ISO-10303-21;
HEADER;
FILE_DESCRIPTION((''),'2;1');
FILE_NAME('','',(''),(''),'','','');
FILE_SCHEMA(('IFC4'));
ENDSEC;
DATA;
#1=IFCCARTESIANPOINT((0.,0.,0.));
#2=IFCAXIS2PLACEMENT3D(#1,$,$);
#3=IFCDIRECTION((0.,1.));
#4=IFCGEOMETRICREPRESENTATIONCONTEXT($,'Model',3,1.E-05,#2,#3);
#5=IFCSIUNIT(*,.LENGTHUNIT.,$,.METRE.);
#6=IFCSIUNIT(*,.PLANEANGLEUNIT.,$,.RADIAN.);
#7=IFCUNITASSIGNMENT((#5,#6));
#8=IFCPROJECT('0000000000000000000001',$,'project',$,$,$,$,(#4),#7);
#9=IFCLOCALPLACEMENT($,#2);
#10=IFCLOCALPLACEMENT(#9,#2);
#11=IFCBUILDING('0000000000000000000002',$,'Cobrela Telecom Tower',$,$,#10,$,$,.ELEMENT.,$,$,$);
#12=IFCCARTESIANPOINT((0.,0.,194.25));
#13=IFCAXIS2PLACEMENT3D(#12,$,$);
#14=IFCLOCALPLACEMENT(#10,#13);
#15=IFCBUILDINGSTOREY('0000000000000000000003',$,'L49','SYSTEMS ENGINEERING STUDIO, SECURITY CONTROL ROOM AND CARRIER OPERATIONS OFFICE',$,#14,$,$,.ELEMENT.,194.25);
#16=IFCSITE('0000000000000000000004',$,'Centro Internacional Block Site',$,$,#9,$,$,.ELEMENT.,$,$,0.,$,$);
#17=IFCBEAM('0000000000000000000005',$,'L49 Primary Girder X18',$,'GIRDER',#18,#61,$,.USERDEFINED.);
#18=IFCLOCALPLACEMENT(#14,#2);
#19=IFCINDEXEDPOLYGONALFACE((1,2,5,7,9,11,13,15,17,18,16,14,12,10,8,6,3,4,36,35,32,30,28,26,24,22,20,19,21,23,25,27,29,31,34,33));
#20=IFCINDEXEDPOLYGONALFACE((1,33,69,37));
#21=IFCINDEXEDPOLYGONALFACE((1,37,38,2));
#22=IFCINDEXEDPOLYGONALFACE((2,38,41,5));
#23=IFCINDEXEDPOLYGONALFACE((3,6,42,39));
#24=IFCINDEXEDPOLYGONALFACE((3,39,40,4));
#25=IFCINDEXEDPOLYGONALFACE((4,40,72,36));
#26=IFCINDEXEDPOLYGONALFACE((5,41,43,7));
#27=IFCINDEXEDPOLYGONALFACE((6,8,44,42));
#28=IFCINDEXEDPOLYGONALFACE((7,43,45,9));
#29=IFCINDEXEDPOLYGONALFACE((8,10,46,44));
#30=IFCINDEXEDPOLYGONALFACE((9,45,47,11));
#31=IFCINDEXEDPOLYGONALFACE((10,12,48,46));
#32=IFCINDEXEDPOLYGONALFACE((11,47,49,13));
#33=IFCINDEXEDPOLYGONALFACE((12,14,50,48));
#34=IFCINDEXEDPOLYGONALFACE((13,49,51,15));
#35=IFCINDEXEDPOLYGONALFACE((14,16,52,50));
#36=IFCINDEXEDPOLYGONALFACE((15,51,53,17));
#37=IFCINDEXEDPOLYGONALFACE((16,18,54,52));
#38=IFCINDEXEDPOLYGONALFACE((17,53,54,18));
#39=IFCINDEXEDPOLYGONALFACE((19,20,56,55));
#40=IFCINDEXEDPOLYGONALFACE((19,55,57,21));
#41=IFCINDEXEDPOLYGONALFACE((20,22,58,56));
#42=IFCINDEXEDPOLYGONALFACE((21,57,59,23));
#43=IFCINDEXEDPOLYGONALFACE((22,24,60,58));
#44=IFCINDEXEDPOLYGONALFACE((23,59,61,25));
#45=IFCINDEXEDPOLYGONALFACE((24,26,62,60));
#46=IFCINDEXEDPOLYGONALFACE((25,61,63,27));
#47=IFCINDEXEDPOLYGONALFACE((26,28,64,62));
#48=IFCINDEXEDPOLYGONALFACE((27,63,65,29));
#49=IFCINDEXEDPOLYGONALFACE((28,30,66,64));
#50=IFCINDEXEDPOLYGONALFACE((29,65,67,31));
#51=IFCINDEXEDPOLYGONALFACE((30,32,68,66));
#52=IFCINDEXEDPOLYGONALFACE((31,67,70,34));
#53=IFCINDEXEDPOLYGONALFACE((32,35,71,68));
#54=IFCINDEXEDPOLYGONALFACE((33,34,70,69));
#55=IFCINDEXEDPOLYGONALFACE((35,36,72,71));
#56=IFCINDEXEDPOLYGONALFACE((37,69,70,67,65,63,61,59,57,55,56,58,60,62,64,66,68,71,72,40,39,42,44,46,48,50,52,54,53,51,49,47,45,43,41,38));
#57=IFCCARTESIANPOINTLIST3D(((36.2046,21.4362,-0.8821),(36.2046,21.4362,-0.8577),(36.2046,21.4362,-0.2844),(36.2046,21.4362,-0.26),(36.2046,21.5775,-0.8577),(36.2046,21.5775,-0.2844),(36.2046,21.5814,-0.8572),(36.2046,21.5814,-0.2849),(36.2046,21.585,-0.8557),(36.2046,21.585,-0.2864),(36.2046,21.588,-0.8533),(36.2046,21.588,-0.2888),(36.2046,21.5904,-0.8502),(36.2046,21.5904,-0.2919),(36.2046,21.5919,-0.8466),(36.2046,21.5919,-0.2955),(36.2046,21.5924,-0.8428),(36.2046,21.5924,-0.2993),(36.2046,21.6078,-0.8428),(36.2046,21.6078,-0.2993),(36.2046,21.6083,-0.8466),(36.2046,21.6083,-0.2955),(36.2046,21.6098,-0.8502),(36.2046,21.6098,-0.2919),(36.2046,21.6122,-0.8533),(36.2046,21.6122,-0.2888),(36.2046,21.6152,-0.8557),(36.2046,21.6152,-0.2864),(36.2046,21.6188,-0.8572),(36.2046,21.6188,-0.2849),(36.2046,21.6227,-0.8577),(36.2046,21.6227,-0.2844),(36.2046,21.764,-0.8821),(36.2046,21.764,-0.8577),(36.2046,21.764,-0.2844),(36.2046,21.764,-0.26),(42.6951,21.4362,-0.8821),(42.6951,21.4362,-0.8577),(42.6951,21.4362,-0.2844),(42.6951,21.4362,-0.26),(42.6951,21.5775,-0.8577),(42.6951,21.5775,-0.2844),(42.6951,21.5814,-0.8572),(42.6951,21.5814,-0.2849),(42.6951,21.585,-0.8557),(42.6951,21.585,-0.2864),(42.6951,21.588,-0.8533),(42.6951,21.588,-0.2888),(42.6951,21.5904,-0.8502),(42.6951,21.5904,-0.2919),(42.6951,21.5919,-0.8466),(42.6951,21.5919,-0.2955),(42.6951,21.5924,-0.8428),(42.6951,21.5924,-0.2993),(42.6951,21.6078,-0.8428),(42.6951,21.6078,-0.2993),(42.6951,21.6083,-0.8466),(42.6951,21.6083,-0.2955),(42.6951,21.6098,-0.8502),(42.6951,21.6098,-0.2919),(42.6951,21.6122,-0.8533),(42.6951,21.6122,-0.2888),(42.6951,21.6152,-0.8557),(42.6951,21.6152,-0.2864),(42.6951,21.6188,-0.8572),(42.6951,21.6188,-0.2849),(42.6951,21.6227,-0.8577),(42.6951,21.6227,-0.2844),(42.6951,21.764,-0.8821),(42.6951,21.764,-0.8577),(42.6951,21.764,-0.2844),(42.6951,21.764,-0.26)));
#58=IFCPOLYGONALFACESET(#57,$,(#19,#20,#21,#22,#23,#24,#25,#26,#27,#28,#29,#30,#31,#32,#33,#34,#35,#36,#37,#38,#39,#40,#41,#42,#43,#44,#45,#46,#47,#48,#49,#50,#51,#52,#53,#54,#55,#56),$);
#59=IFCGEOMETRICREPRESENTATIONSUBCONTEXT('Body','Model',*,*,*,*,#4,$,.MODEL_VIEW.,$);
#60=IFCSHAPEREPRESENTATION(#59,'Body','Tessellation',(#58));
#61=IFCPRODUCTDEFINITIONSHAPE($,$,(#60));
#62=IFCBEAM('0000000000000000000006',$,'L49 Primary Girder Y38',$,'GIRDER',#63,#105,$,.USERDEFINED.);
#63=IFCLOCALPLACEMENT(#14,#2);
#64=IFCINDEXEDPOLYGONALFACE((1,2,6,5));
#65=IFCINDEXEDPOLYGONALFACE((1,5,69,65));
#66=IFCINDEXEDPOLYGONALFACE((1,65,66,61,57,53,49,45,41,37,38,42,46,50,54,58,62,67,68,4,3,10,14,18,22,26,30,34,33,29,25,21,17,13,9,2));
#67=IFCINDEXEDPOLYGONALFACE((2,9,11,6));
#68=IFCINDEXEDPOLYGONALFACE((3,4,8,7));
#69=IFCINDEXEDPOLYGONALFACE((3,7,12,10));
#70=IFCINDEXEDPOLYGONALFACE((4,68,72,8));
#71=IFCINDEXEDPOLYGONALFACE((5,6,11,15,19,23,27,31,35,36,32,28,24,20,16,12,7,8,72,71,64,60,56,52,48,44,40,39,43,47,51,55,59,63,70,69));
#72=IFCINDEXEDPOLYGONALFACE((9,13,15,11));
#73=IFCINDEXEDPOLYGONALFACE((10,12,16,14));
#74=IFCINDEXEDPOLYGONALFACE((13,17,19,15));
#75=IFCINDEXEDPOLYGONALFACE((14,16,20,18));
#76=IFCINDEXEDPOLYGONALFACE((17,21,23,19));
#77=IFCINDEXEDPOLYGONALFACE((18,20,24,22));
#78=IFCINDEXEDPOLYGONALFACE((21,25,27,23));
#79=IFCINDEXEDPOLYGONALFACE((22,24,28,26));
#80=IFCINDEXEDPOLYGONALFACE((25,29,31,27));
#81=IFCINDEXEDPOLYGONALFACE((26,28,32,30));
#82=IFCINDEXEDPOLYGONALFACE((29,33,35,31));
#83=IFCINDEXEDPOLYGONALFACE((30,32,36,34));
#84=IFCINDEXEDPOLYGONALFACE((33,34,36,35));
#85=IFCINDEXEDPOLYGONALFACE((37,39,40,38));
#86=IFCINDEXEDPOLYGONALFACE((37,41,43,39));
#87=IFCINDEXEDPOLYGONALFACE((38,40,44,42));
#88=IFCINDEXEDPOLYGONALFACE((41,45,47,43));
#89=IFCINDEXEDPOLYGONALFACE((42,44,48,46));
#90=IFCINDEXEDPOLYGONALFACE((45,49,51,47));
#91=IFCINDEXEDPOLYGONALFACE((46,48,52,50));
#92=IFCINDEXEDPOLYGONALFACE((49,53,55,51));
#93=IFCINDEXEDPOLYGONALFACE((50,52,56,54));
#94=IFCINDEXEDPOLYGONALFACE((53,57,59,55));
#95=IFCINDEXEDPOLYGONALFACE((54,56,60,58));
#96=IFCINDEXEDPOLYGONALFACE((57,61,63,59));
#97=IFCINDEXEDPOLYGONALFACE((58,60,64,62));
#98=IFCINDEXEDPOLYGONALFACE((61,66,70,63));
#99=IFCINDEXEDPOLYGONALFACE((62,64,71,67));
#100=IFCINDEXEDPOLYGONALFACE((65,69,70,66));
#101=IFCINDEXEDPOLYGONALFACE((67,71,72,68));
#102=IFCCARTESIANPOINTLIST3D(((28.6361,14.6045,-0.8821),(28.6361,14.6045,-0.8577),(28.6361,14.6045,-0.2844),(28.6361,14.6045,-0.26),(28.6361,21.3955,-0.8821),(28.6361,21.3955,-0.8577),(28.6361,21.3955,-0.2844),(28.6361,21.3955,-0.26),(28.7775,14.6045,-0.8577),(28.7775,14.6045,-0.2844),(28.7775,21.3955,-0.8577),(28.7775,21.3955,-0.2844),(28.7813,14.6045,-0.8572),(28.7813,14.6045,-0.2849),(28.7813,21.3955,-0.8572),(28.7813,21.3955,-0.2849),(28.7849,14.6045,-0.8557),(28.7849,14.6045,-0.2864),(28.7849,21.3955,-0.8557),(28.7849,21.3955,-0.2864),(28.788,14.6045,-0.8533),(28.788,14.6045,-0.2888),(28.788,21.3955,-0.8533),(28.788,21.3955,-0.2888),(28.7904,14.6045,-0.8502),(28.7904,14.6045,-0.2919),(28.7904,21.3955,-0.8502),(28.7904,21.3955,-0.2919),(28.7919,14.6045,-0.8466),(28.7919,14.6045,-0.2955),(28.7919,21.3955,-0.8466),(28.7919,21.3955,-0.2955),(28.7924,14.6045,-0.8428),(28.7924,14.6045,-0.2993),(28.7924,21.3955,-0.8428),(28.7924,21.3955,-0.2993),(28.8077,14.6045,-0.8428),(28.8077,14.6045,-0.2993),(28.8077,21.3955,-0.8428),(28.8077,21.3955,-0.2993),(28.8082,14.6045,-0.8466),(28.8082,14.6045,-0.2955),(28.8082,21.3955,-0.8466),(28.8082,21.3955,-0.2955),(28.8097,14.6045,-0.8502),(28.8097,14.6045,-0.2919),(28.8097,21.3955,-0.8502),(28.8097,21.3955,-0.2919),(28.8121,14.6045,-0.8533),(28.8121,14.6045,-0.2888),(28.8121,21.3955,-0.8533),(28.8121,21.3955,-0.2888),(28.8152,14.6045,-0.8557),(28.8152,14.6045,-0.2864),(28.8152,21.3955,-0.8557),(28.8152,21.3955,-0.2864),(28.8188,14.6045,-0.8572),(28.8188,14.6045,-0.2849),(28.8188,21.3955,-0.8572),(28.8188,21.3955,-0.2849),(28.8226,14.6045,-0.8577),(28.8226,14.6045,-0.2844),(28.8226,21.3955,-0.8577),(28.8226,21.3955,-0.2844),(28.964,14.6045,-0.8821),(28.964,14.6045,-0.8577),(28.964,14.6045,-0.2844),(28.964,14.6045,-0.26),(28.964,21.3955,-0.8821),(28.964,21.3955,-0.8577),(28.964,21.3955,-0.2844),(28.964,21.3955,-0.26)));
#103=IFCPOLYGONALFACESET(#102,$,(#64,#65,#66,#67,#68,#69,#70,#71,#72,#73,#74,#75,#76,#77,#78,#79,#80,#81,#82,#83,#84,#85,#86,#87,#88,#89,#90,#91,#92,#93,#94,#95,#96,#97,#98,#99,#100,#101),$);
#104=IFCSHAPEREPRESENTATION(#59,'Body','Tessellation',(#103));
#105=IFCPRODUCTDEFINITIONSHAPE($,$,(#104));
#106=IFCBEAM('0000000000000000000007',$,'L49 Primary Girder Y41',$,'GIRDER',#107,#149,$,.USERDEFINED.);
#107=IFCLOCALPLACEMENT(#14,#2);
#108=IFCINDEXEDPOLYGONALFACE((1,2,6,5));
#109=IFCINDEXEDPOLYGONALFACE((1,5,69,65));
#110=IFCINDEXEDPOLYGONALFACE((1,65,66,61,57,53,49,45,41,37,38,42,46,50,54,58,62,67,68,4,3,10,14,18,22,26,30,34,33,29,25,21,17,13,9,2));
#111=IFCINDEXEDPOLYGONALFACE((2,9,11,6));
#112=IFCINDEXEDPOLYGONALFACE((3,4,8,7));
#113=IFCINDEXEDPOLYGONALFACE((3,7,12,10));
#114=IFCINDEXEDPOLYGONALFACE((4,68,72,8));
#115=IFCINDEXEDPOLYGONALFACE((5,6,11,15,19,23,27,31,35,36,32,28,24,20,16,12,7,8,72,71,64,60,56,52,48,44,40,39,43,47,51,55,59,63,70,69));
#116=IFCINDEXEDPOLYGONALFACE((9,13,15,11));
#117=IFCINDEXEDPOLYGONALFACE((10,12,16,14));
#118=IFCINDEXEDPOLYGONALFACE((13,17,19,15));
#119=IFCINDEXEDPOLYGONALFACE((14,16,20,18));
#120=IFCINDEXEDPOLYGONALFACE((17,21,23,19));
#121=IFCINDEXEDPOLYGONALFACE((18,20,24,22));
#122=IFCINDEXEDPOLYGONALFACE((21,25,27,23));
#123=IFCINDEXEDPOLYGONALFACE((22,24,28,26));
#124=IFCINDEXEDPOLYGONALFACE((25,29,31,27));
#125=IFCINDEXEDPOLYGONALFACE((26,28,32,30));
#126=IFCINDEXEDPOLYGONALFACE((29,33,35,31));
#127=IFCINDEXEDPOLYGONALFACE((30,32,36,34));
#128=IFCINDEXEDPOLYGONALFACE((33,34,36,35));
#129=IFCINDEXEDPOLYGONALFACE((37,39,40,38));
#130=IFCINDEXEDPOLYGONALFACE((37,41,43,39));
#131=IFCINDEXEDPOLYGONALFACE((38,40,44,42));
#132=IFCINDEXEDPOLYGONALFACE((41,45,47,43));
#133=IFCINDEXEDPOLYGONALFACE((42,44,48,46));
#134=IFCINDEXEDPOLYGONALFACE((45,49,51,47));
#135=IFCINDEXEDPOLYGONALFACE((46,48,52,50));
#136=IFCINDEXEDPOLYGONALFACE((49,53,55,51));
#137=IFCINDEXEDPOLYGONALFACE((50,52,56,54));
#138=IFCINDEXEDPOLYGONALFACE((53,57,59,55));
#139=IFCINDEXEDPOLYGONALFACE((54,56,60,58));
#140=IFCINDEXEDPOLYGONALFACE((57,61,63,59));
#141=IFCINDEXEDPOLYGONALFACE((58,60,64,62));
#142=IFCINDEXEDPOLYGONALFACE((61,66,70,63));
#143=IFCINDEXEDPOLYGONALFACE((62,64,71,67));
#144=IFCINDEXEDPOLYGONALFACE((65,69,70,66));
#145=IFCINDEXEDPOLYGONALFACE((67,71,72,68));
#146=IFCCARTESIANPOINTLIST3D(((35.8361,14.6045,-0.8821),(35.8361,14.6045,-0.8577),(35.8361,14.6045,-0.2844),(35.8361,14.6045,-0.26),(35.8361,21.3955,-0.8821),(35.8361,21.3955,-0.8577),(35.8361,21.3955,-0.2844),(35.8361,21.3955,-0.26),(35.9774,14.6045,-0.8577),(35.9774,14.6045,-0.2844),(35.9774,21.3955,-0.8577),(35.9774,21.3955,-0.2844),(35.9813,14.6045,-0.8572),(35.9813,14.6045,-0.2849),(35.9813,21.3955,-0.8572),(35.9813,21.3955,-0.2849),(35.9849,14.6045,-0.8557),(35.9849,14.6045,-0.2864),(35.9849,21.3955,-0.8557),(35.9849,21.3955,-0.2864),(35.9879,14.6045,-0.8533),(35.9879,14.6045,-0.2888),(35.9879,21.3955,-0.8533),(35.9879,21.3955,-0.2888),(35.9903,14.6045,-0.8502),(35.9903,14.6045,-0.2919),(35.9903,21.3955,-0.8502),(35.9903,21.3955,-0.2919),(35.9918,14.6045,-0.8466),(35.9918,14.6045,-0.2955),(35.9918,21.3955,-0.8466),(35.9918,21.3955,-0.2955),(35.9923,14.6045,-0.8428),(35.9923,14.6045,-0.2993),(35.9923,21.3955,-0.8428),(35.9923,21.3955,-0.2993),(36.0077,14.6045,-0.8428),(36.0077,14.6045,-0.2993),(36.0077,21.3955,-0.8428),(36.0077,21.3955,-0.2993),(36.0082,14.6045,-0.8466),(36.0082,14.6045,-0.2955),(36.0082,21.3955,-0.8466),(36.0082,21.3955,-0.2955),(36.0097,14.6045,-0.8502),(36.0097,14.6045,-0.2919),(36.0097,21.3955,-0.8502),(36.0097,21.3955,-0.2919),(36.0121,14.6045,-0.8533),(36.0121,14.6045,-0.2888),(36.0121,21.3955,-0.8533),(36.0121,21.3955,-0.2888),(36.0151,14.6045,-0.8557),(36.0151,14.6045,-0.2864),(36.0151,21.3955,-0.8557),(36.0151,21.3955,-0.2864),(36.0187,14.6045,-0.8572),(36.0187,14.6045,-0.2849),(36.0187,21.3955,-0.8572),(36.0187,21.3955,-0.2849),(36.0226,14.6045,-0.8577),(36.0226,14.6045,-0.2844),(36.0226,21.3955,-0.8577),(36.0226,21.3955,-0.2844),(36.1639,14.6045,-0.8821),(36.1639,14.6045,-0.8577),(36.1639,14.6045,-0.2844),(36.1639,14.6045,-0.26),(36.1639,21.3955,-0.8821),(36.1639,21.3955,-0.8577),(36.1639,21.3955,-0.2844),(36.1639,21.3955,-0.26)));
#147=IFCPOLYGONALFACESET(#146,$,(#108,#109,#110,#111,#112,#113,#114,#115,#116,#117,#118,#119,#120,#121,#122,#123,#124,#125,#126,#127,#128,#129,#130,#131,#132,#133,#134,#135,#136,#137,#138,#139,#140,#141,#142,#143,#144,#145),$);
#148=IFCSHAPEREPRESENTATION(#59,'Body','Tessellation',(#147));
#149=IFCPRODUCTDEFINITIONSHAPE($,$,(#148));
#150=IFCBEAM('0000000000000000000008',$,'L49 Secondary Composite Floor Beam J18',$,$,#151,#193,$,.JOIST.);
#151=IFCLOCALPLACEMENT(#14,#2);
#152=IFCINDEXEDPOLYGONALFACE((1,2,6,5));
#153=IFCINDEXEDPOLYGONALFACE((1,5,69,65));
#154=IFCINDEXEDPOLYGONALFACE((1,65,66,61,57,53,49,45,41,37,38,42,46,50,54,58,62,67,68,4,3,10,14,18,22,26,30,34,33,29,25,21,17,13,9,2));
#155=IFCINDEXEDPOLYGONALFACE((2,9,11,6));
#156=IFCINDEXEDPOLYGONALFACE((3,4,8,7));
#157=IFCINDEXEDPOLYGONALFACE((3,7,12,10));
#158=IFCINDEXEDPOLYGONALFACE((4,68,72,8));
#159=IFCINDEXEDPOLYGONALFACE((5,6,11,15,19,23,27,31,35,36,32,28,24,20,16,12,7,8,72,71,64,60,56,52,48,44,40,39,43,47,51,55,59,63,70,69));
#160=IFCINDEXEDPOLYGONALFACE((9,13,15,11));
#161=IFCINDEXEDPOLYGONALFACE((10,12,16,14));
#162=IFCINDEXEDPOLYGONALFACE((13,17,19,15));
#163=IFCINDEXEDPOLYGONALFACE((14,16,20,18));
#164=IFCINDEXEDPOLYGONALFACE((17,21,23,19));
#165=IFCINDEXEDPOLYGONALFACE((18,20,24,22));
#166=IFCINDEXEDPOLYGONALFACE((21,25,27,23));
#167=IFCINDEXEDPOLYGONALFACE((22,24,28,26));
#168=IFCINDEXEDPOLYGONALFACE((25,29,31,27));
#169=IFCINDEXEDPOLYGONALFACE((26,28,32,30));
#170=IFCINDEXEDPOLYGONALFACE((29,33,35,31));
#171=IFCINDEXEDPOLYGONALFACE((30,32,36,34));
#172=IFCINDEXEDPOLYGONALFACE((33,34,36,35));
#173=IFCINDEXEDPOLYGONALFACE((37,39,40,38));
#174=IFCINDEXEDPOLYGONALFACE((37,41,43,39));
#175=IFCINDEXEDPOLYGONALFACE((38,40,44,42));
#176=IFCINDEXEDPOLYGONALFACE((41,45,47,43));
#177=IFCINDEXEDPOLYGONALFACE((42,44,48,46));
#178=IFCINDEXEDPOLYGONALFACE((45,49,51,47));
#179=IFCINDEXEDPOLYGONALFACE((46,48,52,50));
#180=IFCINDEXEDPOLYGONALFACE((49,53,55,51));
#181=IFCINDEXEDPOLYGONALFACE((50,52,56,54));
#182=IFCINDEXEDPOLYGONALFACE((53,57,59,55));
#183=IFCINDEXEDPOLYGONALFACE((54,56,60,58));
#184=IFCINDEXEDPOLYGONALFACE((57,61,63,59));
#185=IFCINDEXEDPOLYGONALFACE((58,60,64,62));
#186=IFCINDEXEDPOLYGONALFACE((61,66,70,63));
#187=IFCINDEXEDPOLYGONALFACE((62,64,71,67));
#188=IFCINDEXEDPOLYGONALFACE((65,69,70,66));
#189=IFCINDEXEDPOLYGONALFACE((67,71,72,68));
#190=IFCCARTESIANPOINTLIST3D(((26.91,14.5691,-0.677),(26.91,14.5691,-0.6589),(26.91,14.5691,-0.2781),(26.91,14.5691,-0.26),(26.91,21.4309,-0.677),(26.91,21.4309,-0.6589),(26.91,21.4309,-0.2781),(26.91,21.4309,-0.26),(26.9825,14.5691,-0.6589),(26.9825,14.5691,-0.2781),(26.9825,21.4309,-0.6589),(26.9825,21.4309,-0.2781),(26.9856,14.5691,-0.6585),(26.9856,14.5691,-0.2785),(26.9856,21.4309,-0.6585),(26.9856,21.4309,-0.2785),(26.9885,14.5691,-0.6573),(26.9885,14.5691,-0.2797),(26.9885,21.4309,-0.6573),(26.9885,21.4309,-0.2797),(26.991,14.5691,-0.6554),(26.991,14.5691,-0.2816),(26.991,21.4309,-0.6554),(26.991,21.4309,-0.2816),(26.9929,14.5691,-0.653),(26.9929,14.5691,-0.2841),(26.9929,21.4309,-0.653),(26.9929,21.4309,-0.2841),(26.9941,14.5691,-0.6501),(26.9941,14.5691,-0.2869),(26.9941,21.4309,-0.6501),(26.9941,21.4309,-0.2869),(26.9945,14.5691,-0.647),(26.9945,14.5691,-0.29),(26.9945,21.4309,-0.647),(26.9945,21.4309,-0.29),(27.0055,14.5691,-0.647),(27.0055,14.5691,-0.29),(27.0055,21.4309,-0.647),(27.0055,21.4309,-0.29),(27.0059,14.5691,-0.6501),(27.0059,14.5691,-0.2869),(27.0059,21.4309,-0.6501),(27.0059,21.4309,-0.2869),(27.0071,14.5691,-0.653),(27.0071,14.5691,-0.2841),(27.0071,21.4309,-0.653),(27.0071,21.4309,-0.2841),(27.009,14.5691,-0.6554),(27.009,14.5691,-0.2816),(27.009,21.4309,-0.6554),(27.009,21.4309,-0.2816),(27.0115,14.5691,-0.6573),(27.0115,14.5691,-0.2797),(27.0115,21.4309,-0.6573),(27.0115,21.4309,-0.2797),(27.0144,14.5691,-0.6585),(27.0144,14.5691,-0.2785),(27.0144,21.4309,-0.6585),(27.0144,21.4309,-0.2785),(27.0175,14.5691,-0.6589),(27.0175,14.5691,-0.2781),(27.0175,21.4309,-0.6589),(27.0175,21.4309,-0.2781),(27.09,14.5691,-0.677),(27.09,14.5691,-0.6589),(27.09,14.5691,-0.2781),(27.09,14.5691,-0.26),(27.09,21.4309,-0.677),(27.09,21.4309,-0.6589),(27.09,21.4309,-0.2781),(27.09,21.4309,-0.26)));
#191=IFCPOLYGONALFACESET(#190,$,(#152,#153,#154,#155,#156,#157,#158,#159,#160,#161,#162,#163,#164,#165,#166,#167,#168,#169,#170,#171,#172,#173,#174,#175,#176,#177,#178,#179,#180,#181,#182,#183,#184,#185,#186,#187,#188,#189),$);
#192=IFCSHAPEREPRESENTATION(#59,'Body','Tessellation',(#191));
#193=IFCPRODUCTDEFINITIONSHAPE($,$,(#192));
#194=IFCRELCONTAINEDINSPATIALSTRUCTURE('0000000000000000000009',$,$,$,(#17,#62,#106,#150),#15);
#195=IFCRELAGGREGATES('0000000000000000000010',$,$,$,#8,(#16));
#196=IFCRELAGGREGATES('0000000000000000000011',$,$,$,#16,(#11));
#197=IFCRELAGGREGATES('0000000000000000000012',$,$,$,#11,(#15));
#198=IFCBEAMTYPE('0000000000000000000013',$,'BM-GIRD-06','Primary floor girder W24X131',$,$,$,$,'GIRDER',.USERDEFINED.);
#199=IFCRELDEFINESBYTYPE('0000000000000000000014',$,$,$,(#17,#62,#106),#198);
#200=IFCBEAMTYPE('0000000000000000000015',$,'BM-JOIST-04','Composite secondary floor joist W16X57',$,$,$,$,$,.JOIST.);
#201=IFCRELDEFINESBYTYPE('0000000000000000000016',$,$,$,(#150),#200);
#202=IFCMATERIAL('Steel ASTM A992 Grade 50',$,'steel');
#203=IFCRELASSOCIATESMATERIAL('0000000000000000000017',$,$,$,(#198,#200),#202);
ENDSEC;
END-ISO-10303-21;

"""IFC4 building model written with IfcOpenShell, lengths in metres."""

from ifc_helpers import new_model, si_unit, direction, frame, origin, origin_2d, place, context, subcontext, project, spatial, i_section, extrude, material, material_profile, profile_set, type_object, element, save


model = new_model("IFC4")

# Units and contexts
model_context = context("Model", 3, precision=1e-05, world=origin(), true_north=direction((0.0, 1.0)))
body_context = subcontext(model_context, "Body", "Model", "MODEL_VIEW")
ifc_project = project(units=[si_unit("LENGTHUNIT", "METRE"), si_unit("PLANEANGLEUNIT", "RADIAN")], contexts=[model_context])

# Site, building, storey
site_placement = place(None, origin())
site = spatial("IfcSite", under=ifc_project, at=site_placement, Name="Centro Internacional Block Site", CompositionType="ELEMENT", RefElevation=0.0)
building_placement = place(site_placement, origin())
building = spatial("IfcBuilding", under=site, at=building_placement, Name="Cobrela Telecom Tower", CompositionType="ELEMENT")
storey_placement = place(building_placement, frame((0.0, 0.0, 194.25)))
storey = spatial("IfcBuildingStorey", under=building, at=storey_placement, Name="L49", Description="SYSTEMS ENGINEERING STUDIO, SECURITY CONTROL ROOM AND CARRIER OPERATIONS OFFICE", CompositionType="ELEMENT", Elevation=194.25)

# Shared definitions
ifc_material_1 = material(Name="Steel ASTM A992 Grade 50", Category="steel")

# Beams
ifc_material_profile_1 = material_profile(ifc_material_1, i_section(OverallWidth=0.3279, OverallDepth=0.6221, WebThickness=0.0154, FlangeThickness=0.0244, FilletRadius=0.0149, at=origin_2d()), Name="W24X131")
ifc_profile_set_1 = profile_set([ifc_material_profile_1], Name="Steel ASTM A992 Grade 50")
beam_type_1 = type_object("IfcBeamType", Name="BM-GIRD-06", Description="Primary floor girder W24X131", ElementType="GIRDER", PredefinedType="USERDEFINED", material=ifc_profile_set_1)
beam_1_placement = place(storey_placement, frame((36.2046, 21.6001, -0.571), z_axis=(1.0, 0.0, 0.0), x_axis=(0.0, 1.0, 0.0)))
element("IfcBeam", 1, at=beam_1_placement, inside=storey, type_object=beam_type_1, Name="L49 Primary Girder X18", ObjectType="GIRDER", PredefinedType="USERDEFINED", context=body_context, shape_type="SweptSolid", body=[
    extrude(i_section(OverallWidth=0.3279, OverallDepth=0.6221, WebThickness=0.0154, FlangeThickness=0.0244, FilletRadius=0.0149, at=origin_2d()), origin(), (0.0, 0.0, 1.0), 6.4905),
])
for number, where, z_axis, x_axis, name in (
    (2, (28.8, 14.6045, -0.571), (0.0, 1.0, 0.0), (-1.0, 0.0, 0.0), "L49 Primary Girder Y38"),
    (3, (36.0, 14.6045, -0.571), (0.0, 1.0, 0.0), (-1.0, 0.0, 0.0), "L49 Primary Girder Y41"),
):
    element("IfcBeam", number, at=place(storey_placement, frame(where, z_axis=z_axis, x_axis=x_axis)), inside=storey, type_object=beam_type_1, Name=name, ObjectType="GIRDER", PredefinedType="USERDEFINED", context=body_context, shape_type="SweptSolid", body=[
        extrude(i_section(OverallWidth=0.3279, OverallDepth=0.6221, WebThickness=0.0154, FlangeThickness=0.0244, FilletRadius=0.0149, at=origin_2d()), origin(), (0.0, 0.0, 1.0), 6.791),
    ])
ifc_material_profile_2 = material_profile(ifc_material_1, i_section(OverallWidth=0.1799, OverallDepth=0.417, WebThickness=0.011, FlangeThickness=0.0181, FilletRadius=0.012, at=origin_2d()), Name="W16X57")
ifc_profile_set_2 = profile_set([ifc_material_profile_2], Name="Steel ASTM A992 Grade 50")
beam_type_2 = type_object("IfcBeamType", Name="BM-JOIST-04", Description="Composite secondary floor joist W16X57", PredefinedType="JOIST", material=ifc_profile_set_2)
for number, where, z_axis, x_axis, name in (
    (4, (27.0, 14.5691, -0.4685), (0.0, 1.0, 0.0), (-1.0, 0.0, 0.0), "L49 Secondary Composite Floor Beam J18"),
):
    element("IfcBeam", number, at=place(storey_placement, frame(where, z_axis=z_axis, x_axis=x_axis)), inside=storey, type_object=beam_type_2, Name=name, PredefinedType="JOIST", context=body_context, shape_type="SweptSolid", body=[
        extrude(i_section(OverallWidth=0.1799, OverallDepth=0.417, WebThickness=0.011, FlangeThickness=0.0181, FilletRadius=0.012, at=origin_2d()), origin(), (0.0, 0.0, 1.0), 6.8618),
    ])

save(model, "model.ifc")
